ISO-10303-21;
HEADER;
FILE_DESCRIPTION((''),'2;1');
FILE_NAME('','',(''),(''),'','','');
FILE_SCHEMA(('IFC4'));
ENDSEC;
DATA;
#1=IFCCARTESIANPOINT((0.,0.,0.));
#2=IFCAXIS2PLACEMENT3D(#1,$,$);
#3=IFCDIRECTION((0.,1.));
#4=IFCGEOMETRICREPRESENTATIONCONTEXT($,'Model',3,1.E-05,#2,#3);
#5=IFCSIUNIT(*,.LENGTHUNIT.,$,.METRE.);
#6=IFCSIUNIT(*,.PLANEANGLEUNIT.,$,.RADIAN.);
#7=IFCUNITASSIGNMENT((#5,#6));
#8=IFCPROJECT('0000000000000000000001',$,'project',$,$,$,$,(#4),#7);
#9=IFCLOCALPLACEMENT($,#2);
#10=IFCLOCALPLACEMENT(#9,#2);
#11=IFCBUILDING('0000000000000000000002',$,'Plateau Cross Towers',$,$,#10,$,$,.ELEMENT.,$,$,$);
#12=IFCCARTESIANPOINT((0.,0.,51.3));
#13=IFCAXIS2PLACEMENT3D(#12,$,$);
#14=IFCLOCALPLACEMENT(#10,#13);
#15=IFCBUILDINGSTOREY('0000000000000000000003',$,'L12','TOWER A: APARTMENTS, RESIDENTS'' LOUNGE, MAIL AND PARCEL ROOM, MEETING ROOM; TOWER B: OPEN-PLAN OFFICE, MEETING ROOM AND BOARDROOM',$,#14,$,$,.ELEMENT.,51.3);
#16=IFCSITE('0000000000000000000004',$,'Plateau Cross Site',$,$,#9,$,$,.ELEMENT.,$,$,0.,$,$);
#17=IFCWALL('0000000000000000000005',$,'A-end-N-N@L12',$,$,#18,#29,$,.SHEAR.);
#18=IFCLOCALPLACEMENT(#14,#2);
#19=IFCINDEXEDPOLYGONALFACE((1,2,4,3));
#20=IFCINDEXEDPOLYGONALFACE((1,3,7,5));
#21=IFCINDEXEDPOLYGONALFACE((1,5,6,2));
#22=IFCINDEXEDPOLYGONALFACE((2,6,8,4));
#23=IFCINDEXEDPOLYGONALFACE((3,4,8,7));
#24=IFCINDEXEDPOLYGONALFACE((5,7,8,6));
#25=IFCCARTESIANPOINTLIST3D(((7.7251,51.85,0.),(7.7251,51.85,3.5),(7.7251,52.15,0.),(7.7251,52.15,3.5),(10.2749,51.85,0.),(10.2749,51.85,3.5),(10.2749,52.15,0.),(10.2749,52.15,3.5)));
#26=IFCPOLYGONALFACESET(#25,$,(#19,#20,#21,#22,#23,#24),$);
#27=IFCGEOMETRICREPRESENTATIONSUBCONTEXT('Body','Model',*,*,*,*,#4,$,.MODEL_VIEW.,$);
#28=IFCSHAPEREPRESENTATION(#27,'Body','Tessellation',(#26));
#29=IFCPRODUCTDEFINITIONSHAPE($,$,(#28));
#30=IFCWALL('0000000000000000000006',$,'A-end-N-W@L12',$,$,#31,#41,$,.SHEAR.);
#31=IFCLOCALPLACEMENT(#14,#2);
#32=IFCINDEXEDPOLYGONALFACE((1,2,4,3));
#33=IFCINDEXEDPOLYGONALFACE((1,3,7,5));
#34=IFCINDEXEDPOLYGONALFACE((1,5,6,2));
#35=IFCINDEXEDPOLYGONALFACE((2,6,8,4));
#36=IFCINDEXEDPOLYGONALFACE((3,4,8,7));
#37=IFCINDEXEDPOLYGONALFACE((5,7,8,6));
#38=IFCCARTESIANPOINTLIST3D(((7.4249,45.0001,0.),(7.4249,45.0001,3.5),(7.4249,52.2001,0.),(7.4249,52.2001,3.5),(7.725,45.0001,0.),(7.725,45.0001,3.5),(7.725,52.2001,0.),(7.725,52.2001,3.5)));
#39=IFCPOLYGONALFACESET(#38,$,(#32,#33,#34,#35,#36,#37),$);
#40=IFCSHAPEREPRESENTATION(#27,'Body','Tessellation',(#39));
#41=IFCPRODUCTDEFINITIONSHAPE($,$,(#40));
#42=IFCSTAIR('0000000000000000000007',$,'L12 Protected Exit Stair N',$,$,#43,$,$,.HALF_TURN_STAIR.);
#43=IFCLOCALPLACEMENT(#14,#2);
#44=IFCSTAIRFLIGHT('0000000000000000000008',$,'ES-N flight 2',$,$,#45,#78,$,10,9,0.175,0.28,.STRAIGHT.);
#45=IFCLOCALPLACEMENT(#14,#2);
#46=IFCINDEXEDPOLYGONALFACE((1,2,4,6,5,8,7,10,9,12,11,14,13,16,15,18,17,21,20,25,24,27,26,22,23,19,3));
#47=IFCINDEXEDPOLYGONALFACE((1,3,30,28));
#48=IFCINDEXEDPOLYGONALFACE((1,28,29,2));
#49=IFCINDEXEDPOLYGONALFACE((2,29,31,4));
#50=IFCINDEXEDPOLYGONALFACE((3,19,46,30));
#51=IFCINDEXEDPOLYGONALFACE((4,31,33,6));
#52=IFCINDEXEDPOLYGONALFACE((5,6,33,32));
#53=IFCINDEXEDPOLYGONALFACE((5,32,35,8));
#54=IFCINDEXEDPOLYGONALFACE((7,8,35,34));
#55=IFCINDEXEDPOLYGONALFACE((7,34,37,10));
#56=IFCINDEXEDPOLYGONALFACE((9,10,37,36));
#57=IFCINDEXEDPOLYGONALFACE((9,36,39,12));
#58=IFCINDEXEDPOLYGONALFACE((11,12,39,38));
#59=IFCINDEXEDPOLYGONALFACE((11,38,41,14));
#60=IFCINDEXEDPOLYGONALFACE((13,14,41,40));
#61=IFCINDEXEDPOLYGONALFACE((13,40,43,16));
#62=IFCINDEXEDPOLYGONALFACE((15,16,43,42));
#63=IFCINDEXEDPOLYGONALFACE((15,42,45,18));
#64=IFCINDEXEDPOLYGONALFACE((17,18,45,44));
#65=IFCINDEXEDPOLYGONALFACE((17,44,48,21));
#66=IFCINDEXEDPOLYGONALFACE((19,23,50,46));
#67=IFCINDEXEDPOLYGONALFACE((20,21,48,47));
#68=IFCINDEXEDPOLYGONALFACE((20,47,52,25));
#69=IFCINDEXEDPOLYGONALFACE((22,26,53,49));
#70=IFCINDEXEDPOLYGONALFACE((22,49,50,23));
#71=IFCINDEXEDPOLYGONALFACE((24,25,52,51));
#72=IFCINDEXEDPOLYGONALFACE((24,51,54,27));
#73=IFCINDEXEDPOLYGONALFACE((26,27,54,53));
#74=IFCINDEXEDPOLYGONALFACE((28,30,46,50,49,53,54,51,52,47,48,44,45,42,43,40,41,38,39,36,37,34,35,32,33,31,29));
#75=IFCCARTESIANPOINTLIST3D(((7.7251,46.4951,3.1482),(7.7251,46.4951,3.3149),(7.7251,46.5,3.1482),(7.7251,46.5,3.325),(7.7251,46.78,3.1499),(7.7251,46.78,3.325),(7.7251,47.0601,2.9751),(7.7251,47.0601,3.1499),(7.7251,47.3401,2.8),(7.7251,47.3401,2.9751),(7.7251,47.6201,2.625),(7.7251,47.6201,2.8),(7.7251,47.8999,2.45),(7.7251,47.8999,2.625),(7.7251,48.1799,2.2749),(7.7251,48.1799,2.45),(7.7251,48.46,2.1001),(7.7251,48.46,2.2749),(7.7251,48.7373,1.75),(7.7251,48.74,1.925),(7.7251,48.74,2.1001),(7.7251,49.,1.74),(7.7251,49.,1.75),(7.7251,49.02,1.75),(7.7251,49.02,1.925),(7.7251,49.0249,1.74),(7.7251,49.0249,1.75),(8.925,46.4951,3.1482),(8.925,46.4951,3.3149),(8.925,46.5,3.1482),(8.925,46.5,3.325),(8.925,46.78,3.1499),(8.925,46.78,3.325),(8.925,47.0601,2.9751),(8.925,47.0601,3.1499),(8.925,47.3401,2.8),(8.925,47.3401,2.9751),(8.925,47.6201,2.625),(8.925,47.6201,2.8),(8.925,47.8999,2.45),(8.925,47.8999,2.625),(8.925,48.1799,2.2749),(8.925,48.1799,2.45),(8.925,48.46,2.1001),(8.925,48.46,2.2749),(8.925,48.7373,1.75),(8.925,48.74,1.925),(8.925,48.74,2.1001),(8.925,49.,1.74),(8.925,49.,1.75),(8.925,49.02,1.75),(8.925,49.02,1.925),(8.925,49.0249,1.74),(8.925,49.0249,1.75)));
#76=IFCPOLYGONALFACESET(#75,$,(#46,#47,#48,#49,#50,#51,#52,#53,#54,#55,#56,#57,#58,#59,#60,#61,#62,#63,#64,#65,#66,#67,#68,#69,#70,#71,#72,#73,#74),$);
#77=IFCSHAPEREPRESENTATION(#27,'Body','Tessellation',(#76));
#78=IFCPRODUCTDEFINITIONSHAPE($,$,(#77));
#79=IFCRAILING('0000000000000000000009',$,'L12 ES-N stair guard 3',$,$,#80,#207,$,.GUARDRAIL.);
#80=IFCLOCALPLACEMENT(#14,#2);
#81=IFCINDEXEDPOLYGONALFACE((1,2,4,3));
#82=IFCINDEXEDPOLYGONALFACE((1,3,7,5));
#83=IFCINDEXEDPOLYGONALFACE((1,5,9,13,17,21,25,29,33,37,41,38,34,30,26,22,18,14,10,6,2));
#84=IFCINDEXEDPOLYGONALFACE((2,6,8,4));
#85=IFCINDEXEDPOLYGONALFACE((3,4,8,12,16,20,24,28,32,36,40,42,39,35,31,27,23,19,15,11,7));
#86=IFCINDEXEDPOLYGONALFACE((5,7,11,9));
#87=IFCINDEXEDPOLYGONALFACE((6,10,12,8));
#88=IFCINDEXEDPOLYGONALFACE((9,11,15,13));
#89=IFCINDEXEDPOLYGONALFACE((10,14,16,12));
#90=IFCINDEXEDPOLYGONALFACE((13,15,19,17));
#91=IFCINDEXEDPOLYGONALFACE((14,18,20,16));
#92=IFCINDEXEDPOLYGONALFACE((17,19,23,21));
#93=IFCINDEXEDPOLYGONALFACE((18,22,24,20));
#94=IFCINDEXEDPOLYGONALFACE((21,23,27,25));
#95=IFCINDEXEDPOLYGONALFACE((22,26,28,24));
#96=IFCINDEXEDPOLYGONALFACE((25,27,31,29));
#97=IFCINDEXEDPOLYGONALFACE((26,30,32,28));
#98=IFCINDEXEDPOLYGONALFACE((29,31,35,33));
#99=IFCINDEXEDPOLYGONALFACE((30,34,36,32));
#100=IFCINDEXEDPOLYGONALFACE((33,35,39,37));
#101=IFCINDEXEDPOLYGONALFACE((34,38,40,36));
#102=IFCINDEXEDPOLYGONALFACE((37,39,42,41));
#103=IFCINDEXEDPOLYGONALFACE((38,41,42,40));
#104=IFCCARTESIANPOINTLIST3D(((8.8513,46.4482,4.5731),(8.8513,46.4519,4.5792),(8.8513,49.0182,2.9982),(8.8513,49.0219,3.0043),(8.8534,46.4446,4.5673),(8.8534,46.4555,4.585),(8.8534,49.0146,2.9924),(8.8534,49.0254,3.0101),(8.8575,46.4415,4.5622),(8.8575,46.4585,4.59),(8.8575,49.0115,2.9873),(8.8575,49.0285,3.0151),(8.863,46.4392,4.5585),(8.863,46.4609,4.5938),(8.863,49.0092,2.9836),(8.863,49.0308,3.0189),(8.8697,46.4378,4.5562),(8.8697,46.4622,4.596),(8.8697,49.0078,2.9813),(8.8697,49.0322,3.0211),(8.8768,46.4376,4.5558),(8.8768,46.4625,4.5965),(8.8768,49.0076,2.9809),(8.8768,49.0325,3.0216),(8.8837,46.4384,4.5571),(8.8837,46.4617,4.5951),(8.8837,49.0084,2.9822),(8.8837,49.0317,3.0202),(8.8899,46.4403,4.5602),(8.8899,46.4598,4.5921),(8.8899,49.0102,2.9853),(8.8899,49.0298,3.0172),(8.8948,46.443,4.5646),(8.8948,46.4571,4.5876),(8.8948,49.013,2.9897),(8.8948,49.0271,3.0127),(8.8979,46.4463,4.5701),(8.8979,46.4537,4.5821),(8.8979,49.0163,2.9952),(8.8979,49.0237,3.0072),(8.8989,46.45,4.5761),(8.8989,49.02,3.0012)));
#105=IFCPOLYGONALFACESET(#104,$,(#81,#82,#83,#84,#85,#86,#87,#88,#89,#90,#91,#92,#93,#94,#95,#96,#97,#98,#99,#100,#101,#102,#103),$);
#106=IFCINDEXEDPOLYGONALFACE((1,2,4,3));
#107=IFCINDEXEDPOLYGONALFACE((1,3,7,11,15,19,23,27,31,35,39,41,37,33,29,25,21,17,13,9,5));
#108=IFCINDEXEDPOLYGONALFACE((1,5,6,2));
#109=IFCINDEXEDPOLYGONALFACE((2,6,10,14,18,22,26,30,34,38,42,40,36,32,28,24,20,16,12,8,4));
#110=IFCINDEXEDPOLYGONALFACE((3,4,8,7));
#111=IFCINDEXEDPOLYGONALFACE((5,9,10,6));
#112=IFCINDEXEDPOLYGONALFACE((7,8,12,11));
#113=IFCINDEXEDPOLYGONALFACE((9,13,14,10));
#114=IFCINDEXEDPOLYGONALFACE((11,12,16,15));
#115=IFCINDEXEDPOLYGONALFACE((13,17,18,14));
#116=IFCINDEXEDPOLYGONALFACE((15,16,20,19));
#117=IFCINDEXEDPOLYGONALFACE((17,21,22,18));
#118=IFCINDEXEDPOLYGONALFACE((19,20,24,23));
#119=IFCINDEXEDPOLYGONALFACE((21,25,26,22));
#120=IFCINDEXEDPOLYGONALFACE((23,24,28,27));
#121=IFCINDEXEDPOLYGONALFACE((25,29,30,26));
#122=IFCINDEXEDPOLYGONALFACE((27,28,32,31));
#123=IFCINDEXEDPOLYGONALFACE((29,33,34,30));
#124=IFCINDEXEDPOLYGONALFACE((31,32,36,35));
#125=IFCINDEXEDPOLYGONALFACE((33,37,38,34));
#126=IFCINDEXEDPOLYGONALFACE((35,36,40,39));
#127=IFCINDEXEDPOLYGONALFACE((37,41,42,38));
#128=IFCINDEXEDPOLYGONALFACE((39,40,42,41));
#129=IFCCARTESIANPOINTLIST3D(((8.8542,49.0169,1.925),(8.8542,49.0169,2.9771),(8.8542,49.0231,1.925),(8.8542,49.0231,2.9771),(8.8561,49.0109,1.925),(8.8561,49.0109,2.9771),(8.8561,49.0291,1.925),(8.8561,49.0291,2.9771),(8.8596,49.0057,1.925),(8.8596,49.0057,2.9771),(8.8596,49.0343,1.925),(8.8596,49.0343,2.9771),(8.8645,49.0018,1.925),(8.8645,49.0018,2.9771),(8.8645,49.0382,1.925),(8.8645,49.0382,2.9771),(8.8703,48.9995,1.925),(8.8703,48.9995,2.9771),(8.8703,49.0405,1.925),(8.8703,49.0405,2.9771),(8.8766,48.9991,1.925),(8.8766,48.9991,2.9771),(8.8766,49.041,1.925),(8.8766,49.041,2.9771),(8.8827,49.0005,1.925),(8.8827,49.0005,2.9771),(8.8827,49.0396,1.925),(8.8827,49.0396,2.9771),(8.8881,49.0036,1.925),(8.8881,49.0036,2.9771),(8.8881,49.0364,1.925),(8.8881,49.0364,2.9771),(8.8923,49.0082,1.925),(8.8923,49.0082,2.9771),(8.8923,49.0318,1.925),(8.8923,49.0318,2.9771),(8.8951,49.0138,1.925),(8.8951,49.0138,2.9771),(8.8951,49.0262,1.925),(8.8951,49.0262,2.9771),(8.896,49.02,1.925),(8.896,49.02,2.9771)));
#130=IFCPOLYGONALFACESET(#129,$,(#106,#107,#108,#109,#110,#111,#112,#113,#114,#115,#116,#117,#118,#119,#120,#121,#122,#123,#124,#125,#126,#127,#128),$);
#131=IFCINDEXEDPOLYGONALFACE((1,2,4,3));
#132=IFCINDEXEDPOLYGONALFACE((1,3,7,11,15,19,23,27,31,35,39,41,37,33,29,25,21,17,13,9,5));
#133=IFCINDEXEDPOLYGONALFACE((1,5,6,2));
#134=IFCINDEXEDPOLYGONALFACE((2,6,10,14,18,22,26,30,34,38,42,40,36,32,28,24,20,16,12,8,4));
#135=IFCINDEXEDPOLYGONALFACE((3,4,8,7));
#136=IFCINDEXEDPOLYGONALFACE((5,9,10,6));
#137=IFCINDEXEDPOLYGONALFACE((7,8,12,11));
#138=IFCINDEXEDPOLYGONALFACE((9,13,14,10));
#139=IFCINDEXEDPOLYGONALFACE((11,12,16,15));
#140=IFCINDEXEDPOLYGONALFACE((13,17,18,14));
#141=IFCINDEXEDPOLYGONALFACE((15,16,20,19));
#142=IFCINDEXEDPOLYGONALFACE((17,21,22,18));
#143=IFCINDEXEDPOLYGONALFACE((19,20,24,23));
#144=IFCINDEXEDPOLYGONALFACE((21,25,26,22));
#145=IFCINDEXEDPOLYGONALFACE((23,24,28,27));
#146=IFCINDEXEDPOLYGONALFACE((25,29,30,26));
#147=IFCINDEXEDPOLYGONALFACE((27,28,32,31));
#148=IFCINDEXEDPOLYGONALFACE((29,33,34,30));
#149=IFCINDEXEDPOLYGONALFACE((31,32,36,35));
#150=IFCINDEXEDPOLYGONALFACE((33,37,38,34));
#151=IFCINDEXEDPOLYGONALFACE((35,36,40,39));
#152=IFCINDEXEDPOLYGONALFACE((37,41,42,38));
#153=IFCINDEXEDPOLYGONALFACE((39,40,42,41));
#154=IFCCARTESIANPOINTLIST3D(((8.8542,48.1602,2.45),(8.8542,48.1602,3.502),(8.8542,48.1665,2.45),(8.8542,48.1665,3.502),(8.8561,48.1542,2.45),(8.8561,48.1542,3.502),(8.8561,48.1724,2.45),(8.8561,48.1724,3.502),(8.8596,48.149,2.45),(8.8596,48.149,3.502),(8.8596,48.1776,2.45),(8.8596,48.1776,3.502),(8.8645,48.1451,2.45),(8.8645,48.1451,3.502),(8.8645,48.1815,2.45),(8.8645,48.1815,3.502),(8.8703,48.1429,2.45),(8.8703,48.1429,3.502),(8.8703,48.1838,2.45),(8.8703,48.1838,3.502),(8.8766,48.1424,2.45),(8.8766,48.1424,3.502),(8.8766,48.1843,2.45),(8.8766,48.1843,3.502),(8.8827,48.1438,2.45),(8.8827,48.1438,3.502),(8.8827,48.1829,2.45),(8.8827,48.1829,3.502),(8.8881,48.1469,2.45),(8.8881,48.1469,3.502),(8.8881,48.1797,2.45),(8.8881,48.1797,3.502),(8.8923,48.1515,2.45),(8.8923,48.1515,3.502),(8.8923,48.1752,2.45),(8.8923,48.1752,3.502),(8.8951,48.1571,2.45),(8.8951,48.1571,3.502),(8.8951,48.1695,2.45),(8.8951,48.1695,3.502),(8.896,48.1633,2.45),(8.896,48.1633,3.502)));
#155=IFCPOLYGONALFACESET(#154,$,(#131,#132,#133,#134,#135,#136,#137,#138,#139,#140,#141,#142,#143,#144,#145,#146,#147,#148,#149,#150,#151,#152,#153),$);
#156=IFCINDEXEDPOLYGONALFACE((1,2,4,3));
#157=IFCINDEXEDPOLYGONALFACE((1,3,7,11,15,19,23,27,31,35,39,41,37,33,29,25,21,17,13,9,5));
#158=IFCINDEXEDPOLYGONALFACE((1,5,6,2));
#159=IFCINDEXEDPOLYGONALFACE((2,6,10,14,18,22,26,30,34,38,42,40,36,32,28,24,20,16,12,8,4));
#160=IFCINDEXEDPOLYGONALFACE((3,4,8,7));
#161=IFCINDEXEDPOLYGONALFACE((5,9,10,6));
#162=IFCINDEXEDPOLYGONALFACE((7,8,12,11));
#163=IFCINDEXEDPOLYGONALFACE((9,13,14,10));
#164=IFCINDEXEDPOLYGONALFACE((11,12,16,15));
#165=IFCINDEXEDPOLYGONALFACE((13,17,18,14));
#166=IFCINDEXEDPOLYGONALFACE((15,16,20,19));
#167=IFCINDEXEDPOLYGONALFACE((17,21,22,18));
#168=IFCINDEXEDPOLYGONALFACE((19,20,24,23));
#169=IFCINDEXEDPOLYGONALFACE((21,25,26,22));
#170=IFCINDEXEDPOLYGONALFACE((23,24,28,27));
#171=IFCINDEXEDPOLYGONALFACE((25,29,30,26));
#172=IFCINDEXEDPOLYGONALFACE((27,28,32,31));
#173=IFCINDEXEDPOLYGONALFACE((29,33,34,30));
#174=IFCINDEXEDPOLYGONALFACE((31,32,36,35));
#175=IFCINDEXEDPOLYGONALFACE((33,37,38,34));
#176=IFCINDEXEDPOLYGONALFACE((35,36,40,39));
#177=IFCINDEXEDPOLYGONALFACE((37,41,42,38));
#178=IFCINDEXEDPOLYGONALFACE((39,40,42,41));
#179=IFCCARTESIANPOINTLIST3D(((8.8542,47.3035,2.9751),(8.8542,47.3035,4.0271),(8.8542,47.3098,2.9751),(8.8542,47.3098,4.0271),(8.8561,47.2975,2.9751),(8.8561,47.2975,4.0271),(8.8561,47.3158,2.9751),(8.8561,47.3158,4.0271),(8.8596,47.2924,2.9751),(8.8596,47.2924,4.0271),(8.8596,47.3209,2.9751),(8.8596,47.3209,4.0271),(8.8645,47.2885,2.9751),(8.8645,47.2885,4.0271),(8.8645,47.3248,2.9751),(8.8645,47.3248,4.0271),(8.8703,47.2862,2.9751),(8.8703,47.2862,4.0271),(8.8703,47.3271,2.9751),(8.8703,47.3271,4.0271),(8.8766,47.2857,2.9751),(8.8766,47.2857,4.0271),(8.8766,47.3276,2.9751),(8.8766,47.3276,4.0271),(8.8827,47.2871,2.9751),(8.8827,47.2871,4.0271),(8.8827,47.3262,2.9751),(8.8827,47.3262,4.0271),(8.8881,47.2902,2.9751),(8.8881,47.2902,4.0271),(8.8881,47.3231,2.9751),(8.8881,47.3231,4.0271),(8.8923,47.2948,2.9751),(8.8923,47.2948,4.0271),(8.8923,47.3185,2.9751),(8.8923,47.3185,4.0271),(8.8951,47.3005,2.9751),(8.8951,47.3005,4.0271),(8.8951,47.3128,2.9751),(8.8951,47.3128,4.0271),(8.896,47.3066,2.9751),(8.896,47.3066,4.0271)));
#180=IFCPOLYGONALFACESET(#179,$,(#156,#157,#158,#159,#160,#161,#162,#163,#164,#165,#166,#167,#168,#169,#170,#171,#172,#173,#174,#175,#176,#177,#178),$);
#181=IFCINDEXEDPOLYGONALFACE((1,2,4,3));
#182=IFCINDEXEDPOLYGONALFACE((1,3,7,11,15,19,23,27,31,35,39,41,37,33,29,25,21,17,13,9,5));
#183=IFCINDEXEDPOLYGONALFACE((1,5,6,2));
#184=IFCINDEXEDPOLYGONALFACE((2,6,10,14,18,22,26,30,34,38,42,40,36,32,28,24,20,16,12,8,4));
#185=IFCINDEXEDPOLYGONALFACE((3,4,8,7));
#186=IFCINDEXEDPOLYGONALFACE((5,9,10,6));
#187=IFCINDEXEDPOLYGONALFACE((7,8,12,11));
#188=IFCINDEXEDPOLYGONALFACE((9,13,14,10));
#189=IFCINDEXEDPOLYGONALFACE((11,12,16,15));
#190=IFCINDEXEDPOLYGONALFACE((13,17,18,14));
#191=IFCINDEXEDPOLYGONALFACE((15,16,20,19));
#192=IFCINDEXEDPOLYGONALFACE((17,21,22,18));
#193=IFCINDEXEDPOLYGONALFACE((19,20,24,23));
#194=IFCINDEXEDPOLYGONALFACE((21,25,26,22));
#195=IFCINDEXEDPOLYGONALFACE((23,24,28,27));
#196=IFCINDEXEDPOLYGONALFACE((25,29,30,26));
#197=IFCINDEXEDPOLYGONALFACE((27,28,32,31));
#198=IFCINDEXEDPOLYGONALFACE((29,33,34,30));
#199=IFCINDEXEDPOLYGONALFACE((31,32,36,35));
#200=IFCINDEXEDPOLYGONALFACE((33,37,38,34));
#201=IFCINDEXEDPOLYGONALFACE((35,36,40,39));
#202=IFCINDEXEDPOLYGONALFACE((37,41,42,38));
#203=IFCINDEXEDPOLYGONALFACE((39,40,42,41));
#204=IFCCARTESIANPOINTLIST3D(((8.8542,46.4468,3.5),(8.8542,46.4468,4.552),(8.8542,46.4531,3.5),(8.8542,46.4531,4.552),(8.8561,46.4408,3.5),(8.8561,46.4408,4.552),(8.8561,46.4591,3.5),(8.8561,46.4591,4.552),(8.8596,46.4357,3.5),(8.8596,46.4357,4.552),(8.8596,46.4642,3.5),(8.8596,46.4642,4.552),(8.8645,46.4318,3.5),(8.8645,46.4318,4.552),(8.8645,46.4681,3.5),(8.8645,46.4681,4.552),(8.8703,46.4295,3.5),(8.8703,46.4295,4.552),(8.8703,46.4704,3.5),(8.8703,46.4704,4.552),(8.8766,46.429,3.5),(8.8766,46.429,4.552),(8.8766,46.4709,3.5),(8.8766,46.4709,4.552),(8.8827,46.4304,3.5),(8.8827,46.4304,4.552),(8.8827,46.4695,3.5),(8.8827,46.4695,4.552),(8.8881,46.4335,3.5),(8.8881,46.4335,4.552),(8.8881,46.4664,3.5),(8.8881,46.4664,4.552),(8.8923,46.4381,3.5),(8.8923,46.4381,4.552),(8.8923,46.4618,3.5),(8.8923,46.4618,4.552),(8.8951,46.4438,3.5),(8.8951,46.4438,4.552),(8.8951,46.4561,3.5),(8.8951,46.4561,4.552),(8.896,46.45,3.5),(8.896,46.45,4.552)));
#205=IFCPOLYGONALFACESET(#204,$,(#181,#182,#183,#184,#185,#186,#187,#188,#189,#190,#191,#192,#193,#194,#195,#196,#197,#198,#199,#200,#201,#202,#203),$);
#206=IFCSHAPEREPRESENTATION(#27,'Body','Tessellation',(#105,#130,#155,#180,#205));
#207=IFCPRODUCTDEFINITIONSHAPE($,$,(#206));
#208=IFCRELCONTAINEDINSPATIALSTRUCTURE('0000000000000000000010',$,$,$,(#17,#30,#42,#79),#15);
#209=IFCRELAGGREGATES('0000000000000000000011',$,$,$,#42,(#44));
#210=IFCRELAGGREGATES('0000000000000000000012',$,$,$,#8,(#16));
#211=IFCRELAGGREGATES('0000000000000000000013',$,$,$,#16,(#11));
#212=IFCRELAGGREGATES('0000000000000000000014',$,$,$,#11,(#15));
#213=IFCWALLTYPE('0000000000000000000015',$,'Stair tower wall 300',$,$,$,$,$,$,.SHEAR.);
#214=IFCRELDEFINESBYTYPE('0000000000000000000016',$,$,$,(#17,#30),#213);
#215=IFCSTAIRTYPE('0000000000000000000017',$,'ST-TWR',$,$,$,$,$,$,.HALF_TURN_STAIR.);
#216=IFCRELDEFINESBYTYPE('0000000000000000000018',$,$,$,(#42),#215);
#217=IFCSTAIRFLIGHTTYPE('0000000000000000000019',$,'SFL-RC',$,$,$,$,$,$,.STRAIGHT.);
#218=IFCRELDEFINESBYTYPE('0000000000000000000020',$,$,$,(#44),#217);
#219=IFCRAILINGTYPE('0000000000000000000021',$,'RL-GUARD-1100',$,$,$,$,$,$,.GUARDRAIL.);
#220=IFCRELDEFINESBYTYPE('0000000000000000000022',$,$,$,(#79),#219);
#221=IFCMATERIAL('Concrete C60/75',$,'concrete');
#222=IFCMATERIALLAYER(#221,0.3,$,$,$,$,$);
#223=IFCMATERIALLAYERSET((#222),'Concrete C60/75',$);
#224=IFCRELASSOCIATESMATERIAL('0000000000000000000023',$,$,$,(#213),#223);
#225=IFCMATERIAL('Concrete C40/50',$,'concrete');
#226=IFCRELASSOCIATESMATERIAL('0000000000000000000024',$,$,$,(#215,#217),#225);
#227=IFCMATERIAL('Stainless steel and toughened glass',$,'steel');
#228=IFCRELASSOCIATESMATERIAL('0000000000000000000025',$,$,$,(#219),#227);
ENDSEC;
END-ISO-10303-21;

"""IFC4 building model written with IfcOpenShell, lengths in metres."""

from ifc_helpers import new_model, si_unit, direction, frame, frame_2d, origin, origin_2d, place, context, subcontext, project, spatial, polyline, rectangle, circle, outline, extrude, material, layer, layer_set, type_object, element, aggregate, save


model = new_model("IFC4")

# Units and contexts
model_context = context("Model", 3, precision=1e-05, world=origin(), true_north=direction((0.0, 1.0)))
body_context = subcontext(model_context, "Body", "Model", "MODEL_VIEW")
ifc_project = project(units=[si_unit("LENGTHUNIT", "METRE"), si_unit("PLANEANGLEUNIT", "RADIAN")], contexts=[model_context])

# Site, building, storey
site_placement = place(None, origin())
site = spatial("IfcSite", under=ifc_project, at=site_placement, Name="Plateau Cross Site", CompositionType="ELEMENT", RefElevation=0.0)
building_placement = place(site_placement, origin())
building = spatial("IfcBuilding", under=site, at=building_placement, Name="Plateau Cross Towers", CompositionType="ELEMENT")
storey_placement = place(building_placement, frame((0.0, 0.0, 51.3)))
storey = spatial("IfcBuildingStorey", under=building, at=storey_placement, Name="L12", Description="TOWER A: APARTMENTS, RESIDENTS' LOUNGE, MAIL AND PARCEL ROOM, MEETING ROOM; TOWER B: OPEN-PLAN OFFICE, MEETING ROOM AND BOARDROOM", CompositionType="ELEMENT", Elevation=51.3)

# Shared definitions
ifc_material_1 = material(Name="Concrete C60/75", Category="concrete")

# Shared definitions
ifc_layer_1 = layer(ifc_material_1, 0.3)
ifc_layer_set_1 = layer_set([ifc_layer_1], Name="Concrete C60/75")
wall_type_1 = type_object("IfcWallType", Name="Stair tower wall 300", PredefinedType="SHEAR", material=ifc_layer_set_1)

# Walls
wall_1_placement = place(storey_placement, frame((7.7251, 52.0, 0.0), z_axis=(0.0, 0.0, 1.0), x_axis=(1.0, 0.0, 0.0)))
element("IfcWall", 1, at=wall_1_placement, inside=storey, type_object=wall_type_1, Name="A-end-N-N@L12", PredefinedType="SHEAR", context=body_context, shape_type="SweptSolid", body=[
    extrude(rectangle(XDim=2.5498, YDim=0.3, at=frame_2d((1.2749, 0.0))), origin(), (0.0, 0.0, 1.0), 3.5),
])
wall_2_placement = place(storey_placement, frame((7.575, 45.0, 0.0), z_axis=(0.0, 0.0, 1.0), x_axis=(0.0, 1.0, 0.0)))
element("IfcWall", 2, at=wall_2_placement, inside=storey, type_object=wall_type_1, Name="A-end-N-W@L12", PredefinedType="SHEAR", context=body_context, shape_type="SweptSolid", body=[
    extrude(rectangle(XDim=7.2, YDim=0.3, at=frame_2d((3.6001, 0.0))), origin(), (0.0, 0.0, 1.0), 3.5),
])

# Stair, stair flight
ifc_material_2 = material(Name="Concrete C40/50", Category="concrete")
stair_type = type_object("IfcStairType", Name="ST-TWR", PredefinedType="HALF_TURN_STAIR", material=ifc_material_2)
stair_placement = place(storey_placement, origin())
stair = element("IfcStair", 3, at=stair_placement, inside=storey, type_object=stair_type, Name="L12 Protected Exit Stair N", PredefinedType="HALF_TURN_STAIR")
stair_flight_type = type_object("IfcStairFlightType", Name="SFL-RC", PredefinedType="STRAIGHT", material=ifc_material_2)
stair_flight_placement = place(storey_placement, frame((8.325, 49.02, 1.75), z_axis=(0.0, 0.0, 1.0), x_axis=(0.0, -1.0, 0.0)))
stair_flight = element("IfcStairFlight", 4, at=stair_flight_placement, type_object=stair_flight_type, Name="ES-N flight 2", NumberOfRisers=10, NumberOfTreads=9, PredefinedType="STRAIGHT", RiserHeight=0.175, TreadLength=0.28, context=body_context, shape_type="SweptSolid", body=[
    extrude(outline(polyline([(-0.0049, -0.01), (-0.0049, 0.0), (0.0, 0.0), (0.0, 0.175), (0.28, 0.175), (0.28, 0.3501), (0.5601, 0.3501), (0.5601, 0.5249), (0.8401, 0.5249), (0.8401, 0.7), (1.1201, 0.7), (1.1201, 0.875), (1.3999, 0.875), (1.3999, 1.05), (1.6799, 1.05), (1.6799, 1.2251), (1.96, 1.2251), (1.96, 1.3999), (2.24, 1.3999), (2.24, 1.575), (2.52, 1.575), (2.5249, 1.5649), (2.5249, 1.3982), (2.52, 1.3982), (0.2827, 0.0), (0.02, 0.0), (0.02, -0.01), (-0.0049, -0.01)])), frame((0.0, 0.6001, 0.0), z_axis=(0.0, -1.0, 0.0), x_axis=(1.0, 0.0, 0.0)), (0.0, 0.0, 1.0), 1.2),
])
aggregate(stair, [stair_flight])

# Railing
ifc_material_3 = material(Name="Stainless steel and toughened glass", Category="steel")
railing_type_1 = type_object("IfcRailingType", Name="RL-GUARD-1100", PredefinedType="GUARDRAIL", material=ifc_material_3)
railing_1_placement = place(storey_placement, frame((8.875, 49.02, 1.925)))
element("IfcRailing", 5, at=railing_1_placement, inside=storey, type_object=railing_type_1, Name="L12 ES-N stair guard 3", PredefinedType="GUARDRAIL", context=body_context, shape_type="SweptSolid", body=[
    extrude(circle(Radius=0.0239, at=origin_2d()), frame((0.0, 0.0, 1.0762), z_axis=(0.0, -0.852639, 0.522501), x_axis=(1.0, 0.0, 0.0)), (0.0, 0.0, 1.0), 3.0142),
    extrude(circle(Radius=0.021, at=origin_2d()), origin(), (0.0, 0.0, 1.0), 1.052),
    extrude(circle(Radius=0.021, at=origin_2d()), frame((0.0, -0.8567, 0.5249)), (0.0, 0.0, 1.0), 1.052),
    extrude(circle(Radius=0.021, at=origin_2d()), frame((0.0, -1.7134, 1.05)), (0.0, 0.0, 1.0), 1.052),
    extrude(circle(Radius=0.021, at=origin_2d()), frame((0.0, -2.5701, 1.575)), (0.0, 0.0, 1.0), 1.052),
])

save(model, "model.ifc")
